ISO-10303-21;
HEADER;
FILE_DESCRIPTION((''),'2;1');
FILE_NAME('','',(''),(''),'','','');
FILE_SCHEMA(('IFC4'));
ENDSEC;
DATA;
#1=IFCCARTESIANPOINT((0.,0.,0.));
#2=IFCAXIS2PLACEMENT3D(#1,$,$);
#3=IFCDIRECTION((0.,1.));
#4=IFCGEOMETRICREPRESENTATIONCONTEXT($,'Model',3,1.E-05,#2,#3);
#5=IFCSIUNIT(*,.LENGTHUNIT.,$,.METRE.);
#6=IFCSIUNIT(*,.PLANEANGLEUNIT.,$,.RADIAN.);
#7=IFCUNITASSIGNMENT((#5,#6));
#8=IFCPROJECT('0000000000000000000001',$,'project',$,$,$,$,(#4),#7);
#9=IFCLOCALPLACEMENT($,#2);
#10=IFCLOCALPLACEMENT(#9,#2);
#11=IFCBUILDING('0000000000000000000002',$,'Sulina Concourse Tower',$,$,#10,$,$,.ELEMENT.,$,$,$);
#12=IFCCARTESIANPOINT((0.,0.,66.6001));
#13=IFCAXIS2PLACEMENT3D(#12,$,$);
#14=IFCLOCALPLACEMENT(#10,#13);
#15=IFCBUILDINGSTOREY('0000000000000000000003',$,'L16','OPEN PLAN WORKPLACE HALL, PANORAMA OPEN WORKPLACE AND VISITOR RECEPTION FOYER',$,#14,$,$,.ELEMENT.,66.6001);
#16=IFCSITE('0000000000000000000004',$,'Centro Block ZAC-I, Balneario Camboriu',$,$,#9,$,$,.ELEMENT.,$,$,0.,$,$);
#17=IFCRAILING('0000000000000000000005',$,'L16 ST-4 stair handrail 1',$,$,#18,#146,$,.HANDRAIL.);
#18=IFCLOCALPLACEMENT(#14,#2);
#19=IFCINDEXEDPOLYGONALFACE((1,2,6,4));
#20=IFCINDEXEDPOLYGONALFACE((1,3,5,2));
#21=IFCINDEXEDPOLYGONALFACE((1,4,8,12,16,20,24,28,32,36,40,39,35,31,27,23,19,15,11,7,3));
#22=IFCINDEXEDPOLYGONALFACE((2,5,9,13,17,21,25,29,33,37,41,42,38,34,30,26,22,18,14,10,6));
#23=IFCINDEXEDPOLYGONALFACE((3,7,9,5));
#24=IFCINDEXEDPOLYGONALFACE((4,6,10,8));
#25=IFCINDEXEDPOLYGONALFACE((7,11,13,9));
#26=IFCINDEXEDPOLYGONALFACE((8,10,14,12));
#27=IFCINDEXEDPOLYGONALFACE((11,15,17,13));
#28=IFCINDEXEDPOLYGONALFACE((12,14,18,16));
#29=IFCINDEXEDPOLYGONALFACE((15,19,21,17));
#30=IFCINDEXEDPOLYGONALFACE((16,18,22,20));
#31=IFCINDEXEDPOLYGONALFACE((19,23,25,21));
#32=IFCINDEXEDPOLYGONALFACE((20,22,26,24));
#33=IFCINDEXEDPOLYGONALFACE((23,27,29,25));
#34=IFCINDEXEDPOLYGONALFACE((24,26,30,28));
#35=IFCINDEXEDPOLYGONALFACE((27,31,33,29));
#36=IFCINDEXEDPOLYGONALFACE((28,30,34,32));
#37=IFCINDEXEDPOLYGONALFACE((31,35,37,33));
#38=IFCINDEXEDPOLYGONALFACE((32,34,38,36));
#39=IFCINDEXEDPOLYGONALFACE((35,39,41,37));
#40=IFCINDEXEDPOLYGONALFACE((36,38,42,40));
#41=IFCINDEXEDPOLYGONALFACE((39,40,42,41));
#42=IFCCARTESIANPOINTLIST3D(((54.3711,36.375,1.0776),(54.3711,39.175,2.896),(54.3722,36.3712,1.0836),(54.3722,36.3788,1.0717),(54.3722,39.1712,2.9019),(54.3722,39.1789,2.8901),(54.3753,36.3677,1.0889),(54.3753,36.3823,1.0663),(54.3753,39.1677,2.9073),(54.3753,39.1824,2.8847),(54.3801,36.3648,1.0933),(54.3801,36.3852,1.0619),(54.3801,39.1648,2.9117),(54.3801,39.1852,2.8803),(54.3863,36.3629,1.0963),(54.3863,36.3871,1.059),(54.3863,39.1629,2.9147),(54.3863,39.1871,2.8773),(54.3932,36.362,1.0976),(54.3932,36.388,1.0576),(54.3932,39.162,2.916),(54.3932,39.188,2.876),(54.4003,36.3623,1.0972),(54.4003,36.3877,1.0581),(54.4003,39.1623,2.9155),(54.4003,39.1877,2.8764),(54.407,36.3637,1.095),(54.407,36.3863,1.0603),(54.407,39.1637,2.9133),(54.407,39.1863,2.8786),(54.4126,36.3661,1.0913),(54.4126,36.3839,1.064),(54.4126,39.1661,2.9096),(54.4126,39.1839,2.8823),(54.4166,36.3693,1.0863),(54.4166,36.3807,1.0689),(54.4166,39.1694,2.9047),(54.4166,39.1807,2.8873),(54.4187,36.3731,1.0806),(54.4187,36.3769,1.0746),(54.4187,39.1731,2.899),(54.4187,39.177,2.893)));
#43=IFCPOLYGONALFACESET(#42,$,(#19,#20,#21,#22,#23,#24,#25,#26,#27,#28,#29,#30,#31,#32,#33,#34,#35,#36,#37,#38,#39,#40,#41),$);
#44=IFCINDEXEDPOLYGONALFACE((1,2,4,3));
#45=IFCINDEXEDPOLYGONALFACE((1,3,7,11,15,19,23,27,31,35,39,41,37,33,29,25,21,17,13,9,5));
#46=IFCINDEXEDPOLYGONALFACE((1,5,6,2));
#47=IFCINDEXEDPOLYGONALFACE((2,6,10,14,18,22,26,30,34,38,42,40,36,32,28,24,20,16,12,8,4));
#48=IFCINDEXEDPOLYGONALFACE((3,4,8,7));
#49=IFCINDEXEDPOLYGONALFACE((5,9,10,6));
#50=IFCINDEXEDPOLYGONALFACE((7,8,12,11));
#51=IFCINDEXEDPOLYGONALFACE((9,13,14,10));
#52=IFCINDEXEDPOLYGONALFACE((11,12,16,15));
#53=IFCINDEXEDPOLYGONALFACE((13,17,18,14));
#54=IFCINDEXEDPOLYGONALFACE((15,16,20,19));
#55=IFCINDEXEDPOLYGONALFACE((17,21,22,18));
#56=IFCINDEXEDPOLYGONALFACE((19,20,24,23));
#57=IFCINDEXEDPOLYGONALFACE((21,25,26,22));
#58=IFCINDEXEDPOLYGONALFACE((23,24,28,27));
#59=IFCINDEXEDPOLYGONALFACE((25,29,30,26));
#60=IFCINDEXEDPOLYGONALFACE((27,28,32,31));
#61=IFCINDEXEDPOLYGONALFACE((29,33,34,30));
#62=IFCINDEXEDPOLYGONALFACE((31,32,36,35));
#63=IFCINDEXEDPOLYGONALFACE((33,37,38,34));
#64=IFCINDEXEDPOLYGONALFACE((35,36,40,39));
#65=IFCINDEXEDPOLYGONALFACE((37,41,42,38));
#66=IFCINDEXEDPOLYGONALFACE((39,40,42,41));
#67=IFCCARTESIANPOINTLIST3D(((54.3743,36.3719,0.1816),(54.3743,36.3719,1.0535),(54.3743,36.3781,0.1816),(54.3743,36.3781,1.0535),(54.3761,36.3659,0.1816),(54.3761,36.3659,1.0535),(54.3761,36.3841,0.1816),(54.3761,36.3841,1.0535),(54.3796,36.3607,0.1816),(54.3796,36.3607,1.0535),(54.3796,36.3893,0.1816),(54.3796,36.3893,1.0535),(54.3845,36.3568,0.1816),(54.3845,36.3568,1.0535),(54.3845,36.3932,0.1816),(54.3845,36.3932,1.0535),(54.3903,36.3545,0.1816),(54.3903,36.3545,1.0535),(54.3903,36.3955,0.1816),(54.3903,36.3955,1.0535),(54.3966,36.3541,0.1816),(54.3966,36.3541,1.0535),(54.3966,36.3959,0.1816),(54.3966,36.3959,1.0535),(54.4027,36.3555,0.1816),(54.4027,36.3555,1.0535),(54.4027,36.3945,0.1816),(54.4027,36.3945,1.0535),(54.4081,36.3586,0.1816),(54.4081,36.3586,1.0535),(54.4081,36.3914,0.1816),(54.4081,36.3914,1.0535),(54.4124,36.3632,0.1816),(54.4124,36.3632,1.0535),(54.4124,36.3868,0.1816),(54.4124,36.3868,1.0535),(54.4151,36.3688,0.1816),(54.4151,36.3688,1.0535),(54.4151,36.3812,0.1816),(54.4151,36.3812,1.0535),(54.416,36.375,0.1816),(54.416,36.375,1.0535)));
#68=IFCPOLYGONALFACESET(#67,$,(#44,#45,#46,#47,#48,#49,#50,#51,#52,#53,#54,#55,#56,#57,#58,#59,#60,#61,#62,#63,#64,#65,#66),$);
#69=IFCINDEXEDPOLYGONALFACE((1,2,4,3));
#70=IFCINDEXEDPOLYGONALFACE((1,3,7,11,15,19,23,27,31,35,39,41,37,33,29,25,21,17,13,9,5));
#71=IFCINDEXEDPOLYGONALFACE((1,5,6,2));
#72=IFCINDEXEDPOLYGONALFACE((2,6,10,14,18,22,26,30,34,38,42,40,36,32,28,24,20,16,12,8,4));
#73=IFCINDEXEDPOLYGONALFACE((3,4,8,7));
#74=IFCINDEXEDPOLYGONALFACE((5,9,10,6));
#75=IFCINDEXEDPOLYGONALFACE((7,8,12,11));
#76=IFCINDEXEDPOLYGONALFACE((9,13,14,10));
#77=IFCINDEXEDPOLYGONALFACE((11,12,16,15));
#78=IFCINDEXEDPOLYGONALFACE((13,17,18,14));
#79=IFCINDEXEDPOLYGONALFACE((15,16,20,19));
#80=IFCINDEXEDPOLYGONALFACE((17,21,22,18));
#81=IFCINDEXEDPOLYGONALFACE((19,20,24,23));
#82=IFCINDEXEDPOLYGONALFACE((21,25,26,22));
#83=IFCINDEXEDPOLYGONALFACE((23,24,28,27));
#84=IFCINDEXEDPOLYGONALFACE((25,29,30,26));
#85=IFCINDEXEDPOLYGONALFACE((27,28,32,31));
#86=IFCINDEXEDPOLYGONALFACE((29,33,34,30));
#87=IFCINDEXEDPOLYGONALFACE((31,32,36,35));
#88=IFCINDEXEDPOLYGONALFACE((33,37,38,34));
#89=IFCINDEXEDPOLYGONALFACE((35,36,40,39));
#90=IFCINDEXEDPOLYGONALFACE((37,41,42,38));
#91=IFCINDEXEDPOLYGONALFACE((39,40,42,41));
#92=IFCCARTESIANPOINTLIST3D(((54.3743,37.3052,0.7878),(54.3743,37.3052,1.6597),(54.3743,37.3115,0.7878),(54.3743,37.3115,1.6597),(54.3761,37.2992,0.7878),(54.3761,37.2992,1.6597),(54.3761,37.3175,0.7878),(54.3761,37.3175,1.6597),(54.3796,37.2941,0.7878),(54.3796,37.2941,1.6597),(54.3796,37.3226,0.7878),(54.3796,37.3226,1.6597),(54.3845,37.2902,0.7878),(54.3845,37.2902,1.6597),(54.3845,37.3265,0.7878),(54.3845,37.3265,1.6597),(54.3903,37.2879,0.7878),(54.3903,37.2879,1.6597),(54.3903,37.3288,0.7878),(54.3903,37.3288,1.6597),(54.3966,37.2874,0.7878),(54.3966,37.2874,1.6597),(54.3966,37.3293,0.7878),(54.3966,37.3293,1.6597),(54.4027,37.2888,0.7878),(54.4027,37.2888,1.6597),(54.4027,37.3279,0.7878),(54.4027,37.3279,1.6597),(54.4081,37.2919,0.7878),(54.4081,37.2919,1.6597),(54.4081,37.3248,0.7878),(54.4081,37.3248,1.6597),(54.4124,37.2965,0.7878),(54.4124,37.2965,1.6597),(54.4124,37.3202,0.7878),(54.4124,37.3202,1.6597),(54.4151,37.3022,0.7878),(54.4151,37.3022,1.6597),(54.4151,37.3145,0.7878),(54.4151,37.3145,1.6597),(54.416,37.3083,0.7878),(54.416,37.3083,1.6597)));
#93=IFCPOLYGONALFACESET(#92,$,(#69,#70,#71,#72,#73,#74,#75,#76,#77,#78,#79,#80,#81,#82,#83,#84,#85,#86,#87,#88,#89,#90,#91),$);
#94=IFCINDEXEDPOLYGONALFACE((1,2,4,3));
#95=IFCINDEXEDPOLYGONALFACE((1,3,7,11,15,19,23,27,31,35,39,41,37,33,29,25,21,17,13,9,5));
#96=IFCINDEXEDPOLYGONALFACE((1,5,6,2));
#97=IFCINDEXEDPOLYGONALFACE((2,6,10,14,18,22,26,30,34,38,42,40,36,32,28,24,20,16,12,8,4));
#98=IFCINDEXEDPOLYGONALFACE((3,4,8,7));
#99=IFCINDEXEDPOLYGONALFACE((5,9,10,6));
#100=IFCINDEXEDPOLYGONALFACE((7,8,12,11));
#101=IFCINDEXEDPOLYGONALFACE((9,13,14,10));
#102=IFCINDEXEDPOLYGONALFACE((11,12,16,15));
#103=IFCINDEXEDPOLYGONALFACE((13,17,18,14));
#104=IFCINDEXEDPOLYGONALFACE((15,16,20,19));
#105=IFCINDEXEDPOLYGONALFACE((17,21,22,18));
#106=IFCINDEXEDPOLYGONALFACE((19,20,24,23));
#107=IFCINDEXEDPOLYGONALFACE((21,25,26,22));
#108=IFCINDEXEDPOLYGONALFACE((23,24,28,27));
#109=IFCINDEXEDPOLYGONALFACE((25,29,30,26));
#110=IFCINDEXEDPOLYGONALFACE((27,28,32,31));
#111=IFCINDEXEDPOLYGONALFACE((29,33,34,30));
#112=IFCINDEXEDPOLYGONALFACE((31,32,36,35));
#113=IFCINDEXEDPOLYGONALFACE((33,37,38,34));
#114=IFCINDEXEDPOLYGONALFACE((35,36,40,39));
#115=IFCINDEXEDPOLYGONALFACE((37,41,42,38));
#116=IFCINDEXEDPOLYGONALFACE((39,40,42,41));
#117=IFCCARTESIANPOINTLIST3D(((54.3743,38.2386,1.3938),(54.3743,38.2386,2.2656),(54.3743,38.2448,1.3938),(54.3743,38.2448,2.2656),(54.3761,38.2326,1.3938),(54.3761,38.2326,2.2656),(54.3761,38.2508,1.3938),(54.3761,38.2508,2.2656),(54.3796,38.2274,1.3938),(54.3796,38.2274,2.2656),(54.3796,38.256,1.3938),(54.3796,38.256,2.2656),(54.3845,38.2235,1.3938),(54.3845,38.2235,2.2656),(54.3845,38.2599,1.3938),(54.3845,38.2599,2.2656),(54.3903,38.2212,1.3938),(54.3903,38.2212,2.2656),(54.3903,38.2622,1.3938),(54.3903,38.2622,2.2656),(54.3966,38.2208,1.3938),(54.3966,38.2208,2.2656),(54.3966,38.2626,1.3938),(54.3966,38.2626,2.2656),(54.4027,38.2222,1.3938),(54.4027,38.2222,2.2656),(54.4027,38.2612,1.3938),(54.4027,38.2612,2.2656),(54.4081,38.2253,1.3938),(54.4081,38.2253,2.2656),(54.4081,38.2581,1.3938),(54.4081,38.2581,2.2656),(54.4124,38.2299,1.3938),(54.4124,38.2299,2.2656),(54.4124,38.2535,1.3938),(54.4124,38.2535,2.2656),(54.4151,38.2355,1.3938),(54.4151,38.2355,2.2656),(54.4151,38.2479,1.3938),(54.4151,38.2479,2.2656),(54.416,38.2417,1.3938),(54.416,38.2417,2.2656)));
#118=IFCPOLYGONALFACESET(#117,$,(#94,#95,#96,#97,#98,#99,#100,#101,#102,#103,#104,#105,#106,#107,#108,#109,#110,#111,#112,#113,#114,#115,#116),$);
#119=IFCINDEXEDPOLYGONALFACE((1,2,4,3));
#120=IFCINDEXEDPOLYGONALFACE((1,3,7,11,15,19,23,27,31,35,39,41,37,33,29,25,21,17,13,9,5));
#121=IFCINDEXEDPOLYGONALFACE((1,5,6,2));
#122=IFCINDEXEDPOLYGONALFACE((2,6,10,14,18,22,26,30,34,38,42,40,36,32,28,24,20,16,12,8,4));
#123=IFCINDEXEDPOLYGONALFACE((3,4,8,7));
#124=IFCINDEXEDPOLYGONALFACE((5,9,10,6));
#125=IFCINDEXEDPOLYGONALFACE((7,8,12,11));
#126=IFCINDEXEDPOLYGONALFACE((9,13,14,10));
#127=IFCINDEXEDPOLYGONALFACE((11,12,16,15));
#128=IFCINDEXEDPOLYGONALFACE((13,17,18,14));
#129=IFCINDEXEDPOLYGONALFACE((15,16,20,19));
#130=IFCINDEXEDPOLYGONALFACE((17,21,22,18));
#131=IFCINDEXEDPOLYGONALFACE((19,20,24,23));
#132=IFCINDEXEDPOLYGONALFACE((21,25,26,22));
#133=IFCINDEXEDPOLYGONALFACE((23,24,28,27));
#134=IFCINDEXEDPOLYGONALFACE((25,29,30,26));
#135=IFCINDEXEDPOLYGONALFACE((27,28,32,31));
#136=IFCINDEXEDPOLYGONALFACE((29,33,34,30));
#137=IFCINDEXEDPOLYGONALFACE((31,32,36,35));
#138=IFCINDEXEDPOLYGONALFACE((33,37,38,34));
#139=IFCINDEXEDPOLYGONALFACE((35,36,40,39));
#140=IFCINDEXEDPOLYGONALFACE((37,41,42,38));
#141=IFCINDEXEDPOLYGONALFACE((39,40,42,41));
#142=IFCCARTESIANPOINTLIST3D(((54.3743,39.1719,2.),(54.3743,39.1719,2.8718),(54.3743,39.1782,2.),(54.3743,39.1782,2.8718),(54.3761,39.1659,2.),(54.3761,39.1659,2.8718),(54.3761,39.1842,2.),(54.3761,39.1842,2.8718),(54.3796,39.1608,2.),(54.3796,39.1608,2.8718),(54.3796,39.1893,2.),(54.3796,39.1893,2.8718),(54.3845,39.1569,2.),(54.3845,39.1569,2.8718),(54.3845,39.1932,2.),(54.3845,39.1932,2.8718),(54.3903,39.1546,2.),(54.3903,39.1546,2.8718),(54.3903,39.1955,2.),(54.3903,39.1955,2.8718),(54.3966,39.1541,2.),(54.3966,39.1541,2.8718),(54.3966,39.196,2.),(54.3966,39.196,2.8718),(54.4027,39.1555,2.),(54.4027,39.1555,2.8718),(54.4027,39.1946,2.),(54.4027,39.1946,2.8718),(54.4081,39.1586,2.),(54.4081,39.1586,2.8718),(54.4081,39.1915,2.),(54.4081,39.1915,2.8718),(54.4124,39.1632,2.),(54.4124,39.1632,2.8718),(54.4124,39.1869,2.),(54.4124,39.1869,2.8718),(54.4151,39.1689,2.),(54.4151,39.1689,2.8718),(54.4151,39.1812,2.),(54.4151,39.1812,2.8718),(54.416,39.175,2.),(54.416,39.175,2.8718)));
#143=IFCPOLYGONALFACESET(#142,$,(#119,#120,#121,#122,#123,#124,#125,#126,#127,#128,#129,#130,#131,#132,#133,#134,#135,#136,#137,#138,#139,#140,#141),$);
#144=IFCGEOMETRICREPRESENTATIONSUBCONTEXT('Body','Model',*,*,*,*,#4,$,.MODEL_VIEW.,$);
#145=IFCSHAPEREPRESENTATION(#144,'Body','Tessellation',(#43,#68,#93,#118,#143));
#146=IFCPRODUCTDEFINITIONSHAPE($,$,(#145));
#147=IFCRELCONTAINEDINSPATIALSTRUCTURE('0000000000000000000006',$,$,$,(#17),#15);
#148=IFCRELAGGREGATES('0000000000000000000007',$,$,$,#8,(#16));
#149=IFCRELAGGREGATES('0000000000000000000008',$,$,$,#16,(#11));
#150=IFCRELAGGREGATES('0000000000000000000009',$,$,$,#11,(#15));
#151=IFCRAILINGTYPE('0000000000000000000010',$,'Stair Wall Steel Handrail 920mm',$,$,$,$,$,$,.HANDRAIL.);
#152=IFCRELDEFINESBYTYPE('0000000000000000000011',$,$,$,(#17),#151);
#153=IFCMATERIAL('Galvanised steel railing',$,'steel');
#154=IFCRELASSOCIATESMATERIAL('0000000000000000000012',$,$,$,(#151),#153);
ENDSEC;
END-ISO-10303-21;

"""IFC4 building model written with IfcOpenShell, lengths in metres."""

from ifc_helpers import new_model, si_unit, direction, frame, origin, origin_2d, place, context, subcontext, project, spatial, circle, extrude, material, type_object, element, save


model = new_model("IFC4")

# Units and contexts
model_context = context("Model", 3, precision=1e-05, world=origin(), true_north=direction((0.0, 1.0)))
body_context = subcontext(model_context, "Body", "Model", "MODEL_VIEW")
ifc_project = project(units=[si_unit("LENGTHUNIT", "METRE"), si_unit("PLANEANGLEUNIT", "RADIAN")], contexts=[model_context])

# Site, building, storey
site_placement = place(None, origin())
site = spatial("IfcSite", under=ifc_project, at=site_placement, Name="Centro Block ZAC-I, Balneario Camboriu", CompositionType="ELEMENT", RefElevation=0.0)
building_placement = place(site_placement, origin())
building = spatial("IfcBuilding", under=site, at=building_placement, Name="Sulina Concourse Tower", CompositionType="ELEMENT")
storey_placement = place(building_placement, frame((0.0, 0.0, 66.6001)))
storey = spatial("IfcBuildingStorey", under=building, at=storey_placement, Name="L16", Description="OPEN PLAN WORKPLACE HALL, PANORAMA OPEN WORKPLACE AND VISITOR RECEPTION FOYER", CompositionType="ELEMENT", Elevation=66.6001)

# Railing
ifc_material_1 = material(Name="Galvanised steel railing", Category="steel")
railing_type_1 = type_object("IfcRailingType", Name="Stair Wall Steel Handrail 920mm", PredefinedType="HANDRAIL", material=ifc_material_1)
for number, where, name in (
    (1, (54.395, 36.375, 0.1816), "L16 ST-4 stair handrail 1"),
):
    element("IfcRailing", number, at=place(storey_placement, frame(where)), inside=storey, type_object=railing_type_1, Name=name, PredefinedType="HANDRAIL", context=body_context, shape_type="SweptSolid", body=[
        extrude(circle(Radius=0.0239, at=origin_2d()), frame((0.0, 0.0, 0.896), z_axis=(0.0, 0.838672, 0.544636), x_axis=(-1.0, 0.0, 0.0)), (0.0, 0.0, 1.0), 3.3386),
        extrude(circle(Radius=0.021, at=origin_2d()), origin(), (0.0, 0.0, 1.0), 0.8718),
        extrude(circle(Radius=0.021, at=origin_2d()), frame((0.0, 0.9333, 0.6062)), (0.0, 0.0, 1.0), 0.8718),
        extrude(circle(Radius=0.021, at=origin_2d()), frame((0.0, 1.8667, 1.2122)), (0.0, 0.0, 1.0), 0.8718),
        extrude(circle(Radius=0.021, at=origin_2d()), frame((0.0, 2.8, 1.8184)), (0.0, 0.0, 1.0), 0.8718),
    ])

save(model, "model.ifc")
